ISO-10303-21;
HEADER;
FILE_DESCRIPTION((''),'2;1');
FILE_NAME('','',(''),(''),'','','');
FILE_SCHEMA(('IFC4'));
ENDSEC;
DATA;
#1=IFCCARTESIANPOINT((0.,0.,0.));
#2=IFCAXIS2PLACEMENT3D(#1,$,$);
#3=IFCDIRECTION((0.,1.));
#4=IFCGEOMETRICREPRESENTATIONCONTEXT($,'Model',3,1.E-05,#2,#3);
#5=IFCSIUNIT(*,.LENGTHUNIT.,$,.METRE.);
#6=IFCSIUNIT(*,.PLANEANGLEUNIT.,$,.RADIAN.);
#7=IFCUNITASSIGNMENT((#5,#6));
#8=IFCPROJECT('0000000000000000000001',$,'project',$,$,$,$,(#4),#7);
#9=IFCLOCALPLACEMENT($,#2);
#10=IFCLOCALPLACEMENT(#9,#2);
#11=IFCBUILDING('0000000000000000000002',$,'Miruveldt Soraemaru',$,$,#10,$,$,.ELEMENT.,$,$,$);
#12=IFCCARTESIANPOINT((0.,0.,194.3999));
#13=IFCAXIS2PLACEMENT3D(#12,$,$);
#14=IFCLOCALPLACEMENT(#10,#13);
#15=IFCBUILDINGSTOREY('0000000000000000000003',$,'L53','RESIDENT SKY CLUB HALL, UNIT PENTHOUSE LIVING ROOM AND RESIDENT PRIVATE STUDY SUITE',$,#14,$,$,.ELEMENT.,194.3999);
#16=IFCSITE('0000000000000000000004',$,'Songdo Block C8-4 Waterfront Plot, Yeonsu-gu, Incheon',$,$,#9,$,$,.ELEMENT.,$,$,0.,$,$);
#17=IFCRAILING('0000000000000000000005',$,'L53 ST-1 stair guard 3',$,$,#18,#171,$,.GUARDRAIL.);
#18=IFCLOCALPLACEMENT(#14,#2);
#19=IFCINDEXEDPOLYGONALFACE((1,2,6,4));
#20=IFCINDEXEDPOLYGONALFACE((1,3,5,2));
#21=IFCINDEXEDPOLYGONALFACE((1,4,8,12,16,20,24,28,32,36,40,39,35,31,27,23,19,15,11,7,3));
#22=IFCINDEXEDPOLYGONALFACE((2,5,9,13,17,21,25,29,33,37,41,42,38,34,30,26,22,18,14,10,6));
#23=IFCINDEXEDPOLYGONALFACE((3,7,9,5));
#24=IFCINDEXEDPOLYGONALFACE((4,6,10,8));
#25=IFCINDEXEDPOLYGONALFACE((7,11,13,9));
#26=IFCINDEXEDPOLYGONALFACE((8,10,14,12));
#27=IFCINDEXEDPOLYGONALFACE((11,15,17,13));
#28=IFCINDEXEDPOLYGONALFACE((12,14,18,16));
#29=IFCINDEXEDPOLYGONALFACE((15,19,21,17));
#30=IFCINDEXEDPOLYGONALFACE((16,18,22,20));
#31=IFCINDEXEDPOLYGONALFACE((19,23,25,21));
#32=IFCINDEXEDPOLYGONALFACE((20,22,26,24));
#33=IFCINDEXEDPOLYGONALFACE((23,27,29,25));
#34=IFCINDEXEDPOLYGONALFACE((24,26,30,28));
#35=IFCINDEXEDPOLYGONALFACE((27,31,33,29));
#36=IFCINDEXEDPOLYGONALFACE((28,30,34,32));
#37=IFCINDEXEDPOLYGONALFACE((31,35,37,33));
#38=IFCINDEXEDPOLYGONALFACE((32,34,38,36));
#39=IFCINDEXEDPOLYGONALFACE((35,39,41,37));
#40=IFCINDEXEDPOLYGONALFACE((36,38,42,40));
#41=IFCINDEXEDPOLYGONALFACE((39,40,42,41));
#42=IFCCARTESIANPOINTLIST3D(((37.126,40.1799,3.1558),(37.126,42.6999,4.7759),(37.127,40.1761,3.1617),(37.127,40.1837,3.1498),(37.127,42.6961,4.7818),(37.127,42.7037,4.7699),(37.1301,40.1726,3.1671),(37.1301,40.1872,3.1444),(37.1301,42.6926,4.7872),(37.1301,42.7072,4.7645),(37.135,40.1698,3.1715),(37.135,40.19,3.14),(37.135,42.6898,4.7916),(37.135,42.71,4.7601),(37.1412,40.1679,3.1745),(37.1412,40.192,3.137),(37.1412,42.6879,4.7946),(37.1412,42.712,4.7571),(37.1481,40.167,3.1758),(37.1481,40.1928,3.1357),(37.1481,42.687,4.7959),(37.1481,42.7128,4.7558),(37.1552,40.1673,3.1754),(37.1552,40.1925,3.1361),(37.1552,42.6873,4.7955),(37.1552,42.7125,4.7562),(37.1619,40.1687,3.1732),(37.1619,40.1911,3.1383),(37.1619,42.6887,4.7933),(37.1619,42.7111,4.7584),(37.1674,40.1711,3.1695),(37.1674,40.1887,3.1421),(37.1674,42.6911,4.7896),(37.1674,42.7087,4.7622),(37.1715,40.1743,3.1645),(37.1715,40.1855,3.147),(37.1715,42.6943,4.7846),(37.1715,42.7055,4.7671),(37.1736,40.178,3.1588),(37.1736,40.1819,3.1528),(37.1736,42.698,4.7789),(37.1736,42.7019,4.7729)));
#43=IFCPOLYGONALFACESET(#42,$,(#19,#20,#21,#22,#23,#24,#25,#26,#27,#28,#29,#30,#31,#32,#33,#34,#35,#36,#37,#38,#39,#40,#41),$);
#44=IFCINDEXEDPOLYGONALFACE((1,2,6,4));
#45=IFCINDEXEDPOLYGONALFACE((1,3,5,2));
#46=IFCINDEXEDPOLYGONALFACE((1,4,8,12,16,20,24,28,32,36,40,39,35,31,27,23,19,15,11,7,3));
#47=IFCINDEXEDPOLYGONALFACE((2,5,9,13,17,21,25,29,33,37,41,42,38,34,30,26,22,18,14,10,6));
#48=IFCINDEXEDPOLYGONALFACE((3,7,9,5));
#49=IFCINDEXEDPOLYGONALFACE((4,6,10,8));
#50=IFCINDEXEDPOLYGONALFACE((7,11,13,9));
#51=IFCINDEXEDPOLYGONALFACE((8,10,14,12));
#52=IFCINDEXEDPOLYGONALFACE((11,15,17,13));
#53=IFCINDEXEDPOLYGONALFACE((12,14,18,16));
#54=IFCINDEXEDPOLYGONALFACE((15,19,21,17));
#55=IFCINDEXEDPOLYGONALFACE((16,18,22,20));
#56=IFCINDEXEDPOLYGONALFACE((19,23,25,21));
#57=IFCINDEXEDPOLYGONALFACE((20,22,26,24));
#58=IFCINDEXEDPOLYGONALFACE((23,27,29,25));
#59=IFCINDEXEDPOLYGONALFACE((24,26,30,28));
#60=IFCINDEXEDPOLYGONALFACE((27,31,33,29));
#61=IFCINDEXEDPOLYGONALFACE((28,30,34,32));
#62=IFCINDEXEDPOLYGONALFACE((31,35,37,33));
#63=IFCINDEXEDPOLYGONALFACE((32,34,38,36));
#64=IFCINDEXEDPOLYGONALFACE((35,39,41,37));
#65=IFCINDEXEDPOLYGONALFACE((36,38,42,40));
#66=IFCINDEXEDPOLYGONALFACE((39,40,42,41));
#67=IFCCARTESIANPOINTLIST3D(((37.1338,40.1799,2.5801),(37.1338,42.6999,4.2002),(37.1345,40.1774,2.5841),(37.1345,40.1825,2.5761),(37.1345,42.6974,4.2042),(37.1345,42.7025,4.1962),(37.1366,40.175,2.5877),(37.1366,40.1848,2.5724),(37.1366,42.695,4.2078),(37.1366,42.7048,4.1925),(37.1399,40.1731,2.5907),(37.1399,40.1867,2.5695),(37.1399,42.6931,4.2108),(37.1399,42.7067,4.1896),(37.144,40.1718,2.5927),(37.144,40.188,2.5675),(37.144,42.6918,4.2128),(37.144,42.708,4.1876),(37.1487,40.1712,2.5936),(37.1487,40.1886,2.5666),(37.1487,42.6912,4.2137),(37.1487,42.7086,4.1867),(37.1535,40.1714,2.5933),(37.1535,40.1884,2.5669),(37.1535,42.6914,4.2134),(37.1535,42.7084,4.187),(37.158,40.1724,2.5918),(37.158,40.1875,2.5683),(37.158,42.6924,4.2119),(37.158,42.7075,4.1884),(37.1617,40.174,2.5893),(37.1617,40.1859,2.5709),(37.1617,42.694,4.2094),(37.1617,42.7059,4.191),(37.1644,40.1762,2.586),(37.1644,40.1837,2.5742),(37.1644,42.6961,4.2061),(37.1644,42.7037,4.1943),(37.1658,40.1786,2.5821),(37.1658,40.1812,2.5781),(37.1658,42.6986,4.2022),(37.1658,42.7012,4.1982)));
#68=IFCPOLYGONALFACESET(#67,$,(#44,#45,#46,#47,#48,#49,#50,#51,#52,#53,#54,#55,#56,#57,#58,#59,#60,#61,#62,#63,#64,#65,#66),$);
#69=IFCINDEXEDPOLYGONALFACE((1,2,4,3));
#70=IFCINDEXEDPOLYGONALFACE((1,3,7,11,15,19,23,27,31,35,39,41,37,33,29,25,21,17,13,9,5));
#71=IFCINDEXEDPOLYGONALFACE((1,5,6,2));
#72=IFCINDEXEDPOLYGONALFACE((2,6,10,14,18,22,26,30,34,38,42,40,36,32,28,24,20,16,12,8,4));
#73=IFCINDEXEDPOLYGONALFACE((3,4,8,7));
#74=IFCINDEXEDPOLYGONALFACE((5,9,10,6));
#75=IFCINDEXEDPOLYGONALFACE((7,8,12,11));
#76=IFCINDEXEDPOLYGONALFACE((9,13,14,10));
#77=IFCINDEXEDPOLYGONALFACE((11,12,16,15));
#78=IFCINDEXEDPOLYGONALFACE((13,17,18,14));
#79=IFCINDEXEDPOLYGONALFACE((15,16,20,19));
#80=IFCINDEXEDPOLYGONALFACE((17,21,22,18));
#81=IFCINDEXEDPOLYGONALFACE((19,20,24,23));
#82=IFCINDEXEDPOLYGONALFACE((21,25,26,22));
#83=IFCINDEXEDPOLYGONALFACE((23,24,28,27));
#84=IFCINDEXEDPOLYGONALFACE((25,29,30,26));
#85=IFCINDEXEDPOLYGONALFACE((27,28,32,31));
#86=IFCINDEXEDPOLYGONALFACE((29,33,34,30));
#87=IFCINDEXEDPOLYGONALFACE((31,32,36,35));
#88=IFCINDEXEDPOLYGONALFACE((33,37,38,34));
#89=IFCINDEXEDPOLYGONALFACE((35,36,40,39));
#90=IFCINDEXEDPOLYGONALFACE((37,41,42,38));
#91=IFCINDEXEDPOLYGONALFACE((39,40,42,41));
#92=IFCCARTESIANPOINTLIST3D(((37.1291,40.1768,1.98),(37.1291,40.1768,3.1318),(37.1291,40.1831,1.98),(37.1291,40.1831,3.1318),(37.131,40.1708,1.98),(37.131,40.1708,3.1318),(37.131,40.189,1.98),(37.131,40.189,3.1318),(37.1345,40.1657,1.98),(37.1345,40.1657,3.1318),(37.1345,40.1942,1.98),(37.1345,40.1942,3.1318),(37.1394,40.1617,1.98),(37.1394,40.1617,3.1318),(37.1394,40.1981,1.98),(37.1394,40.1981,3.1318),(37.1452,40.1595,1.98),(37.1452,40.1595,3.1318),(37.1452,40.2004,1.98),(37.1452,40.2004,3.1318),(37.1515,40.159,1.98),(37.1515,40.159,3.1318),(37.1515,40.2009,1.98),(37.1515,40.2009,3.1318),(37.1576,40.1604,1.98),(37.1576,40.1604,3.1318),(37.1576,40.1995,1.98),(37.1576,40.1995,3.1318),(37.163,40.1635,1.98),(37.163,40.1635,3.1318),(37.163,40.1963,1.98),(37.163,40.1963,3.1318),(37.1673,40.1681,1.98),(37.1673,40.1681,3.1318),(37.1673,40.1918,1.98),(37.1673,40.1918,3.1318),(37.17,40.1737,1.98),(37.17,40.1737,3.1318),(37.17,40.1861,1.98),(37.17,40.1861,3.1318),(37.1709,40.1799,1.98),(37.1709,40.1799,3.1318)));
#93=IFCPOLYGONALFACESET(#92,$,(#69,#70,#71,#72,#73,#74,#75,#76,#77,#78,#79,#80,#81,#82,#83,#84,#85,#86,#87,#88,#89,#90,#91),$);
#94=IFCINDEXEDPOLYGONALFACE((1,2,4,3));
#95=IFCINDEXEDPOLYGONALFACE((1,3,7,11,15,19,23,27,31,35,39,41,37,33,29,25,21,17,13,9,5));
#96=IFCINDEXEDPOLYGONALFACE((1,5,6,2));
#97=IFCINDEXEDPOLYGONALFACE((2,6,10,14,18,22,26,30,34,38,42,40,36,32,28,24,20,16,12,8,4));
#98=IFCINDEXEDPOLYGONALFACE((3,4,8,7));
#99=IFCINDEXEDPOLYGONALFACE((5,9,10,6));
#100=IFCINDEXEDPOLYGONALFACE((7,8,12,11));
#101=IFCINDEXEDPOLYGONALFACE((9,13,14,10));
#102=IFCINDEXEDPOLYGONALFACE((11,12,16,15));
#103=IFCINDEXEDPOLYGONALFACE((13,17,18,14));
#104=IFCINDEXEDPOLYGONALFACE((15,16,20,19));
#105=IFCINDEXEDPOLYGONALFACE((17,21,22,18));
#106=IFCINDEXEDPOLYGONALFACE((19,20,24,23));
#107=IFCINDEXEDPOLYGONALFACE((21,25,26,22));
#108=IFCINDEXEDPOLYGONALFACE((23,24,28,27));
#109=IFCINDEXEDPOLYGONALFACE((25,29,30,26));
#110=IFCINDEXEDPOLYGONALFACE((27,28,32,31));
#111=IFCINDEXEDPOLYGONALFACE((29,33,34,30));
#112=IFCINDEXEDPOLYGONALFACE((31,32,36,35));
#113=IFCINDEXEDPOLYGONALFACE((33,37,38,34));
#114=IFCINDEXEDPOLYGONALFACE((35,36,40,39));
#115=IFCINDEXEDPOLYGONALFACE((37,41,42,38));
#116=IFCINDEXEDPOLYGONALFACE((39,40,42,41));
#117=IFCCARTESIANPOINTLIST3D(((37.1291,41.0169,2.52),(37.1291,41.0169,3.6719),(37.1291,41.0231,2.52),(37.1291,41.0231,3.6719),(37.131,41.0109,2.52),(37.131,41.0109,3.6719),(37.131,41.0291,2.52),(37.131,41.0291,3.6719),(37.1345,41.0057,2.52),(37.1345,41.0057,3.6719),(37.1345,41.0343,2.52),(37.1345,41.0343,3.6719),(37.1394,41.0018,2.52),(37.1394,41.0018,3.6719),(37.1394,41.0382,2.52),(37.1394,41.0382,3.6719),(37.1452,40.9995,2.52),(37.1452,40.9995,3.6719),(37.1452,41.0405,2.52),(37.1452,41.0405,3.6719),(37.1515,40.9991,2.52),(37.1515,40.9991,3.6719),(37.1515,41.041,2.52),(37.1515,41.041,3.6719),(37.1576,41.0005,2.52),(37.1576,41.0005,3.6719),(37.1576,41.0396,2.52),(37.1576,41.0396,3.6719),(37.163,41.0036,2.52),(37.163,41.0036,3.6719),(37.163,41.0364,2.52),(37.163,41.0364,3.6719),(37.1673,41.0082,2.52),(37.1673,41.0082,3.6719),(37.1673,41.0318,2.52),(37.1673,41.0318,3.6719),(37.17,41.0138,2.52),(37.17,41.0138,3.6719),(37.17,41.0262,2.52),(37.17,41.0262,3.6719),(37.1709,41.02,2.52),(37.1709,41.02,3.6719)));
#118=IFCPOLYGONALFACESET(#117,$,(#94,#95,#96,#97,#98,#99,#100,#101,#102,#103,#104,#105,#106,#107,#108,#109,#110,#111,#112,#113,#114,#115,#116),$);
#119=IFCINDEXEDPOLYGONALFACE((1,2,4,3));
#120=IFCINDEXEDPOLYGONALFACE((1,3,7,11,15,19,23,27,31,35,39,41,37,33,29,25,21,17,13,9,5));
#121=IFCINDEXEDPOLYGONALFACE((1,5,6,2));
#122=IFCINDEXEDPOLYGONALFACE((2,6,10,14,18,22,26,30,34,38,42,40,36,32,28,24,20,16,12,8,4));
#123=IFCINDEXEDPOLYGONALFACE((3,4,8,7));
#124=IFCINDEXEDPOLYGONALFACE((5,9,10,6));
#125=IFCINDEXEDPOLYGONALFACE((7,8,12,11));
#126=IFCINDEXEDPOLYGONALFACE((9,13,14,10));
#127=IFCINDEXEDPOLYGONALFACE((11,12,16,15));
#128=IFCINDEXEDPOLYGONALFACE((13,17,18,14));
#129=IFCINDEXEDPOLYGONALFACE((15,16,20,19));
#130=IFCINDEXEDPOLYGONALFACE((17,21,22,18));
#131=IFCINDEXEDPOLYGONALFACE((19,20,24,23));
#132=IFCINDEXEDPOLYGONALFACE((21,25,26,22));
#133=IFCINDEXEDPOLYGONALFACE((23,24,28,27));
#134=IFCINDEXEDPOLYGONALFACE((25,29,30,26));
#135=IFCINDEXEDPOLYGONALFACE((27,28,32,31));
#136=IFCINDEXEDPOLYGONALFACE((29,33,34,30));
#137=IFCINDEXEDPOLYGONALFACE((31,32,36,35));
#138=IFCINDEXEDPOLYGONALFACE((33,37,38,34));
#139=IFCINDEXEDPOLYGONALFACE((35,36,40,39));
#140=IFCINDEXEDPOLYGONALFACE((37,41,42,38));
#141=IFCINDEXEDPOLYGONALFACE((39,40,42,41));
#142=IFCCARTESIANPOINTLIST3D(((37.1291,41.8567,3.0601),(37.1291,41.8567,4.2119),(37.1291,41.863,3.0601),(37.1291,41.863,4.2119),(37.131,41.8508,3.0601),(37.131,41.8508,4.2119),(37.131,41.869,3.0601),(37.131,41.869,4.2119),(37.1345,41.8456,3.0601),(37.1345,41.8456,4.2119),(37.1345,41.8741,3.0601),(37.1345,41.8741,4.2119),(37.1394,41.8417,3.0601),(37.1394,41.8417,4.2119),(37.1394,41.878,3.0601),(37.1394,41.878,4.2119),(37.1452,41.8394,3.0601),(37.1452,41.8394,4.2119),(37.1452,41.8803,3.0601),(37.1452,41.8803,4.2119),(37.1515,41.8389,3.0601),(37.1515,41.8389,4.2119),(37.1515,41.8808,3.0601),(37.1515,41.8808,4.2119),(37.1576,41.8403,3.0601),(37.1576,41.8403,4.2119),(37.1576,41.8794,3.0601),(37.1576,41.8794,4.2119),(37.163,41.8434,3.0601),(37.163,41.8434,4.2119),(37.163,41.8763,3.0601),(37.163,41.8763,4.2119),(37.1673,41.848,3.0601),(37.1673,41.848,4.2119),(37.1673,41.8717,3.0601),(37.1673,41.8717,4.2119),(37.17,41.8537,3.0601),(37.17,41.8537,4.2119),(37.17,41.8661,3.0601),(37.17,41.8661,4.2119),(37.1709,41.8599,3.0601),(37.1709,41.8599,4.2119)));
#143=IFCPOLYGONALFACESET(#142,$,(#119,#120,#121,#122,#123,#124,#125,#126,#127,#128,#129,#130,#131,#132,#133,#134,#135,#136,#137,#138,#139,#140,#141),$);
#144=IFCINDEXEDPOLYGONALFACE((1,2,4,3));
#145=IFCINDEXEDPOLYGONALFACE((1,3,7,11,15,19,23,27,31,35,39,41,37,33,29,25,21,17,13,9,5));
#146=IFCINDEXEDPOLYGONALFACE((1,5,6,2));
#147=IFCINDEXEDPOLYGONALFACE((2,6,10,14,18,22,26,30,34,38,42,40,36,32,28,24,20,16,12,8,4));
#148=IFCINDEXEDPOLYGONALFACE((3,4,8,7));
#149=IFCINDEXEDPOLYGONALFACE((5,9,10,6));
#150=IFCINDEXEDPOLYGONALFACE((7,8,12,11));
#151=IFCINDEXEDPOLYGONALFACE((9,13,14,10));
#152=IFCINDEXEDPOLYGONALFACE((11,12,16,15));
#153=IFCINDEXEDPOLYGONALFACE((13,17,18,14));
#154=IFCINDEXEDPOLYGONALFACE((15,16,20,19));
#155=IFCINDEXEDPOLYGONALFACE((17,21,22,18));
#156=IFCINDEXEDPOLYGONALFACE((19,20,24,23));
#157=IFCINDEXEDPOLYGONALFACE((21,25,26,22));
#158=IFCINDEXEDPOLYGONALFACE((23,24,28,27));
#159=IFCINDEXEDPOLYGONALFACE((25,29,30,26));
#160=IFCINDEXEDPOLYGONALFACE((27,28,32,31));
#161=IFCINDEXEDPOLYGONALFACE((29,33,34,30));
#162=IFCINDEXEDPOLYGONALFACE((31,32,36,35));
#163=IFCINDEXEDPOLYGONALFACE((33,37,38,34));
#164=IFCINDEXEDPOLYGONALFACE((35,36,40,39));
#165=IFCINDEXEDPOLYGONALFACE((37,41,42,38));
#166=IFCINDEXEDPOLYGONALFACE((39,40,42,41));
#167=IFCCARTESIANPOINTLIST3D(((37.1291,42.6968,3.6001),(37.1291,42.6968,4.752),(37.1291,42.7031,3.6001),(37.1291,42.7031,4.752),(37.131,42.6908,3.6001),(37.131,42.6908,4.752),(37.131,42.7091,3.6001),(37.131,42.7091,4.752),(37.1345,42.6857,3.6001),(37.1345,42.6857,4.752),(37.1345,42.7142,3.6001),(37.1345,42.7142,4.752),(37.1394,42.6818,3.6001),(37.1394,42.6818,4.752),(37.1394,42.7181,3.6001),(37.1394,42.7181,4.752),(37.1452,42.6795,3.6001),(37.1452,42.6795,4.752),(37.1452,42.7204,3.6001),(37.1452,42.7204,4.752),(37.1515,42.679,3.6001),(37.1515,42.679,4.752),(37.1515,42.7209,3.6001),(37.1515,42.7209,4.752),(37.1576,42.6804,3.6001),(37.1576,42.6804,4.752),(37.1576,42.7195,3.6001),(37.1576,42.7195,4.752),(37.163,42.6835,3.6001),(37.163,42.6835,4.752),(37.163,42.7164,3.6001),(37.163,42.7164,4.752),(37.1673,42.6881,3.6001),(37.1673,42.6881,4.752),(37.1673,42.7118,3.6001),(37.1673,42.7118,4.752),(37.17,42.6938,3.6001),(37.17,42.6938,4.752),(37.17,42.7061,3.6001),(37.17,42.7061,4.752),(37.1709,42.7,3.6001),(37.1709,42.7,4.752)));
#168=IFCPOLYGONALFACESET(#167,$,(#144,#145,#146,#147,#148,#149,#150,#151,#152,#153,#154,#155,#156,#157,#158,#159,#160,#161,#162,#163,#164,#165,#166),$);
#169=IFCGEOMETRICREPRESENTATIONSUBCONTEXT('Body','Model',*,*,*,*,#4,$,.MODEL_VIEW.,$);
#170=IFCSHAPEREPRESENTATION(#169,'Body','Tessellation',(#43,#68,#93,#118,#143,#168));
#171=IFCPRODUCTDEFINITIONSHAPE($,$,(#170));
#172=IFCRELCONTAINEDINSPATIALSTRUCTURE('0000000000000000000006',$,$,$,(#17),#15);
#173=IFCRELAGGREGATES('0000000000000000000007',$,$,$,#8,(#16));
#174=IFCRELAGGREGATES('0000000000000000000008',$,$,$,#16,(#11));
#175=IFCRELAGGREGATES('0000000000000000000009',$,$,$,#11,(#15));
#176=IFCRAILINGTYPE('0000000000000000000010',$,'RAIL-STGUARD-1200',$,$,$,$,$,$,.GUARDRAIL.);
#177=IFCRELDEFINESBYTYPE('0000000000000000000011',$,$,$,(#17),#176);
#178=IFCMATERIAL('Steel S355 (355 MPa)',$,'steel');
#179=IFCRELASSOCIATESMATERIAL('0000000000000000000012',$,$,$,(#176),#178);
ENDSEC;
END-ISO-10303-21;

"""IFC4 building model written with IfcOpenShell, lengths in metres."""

from ifc_helpers import new_model, si_unit, direction, frame, origin, origin_2d, place, context, subcontext, project, spatial, circle, extrude, material, type_object, element, save


model = new_model("IFC4")

# Units and contexts
model_context = context("Model", 3, precision=1e-05, world=origin(), true_north=direction((0.0, 1.0)))
body_context = subcontext(model_context, "Body", "Model", "MODEL_VIEW")
ifc_project = project(units=[si_unit("LENGTHUNIT", "METRE"), si_unit("PLANEANGLEUNIT", "RADIAN")], contexts=[model_context])

# Site, building, storey
site_placement = place(None, origin())
site = spatial("IfcSite", under=ifc_project, at=site_placement, Name="Songdo Block C8-4 Waterfront Plot, Yeonsu-gu, Incheon", CompositionType="ELEMENT", RefElevation=0.0)
building_placement = place(site_placement, origin())
building = spatial("IfcBuilding", under=site, at=building_placement, Name="Miruveldt Soraemaru", CompositionType="ELEMENT")
storey_placement = place(building_placement, frame((0.0, 0.0, 194.3999)))
storey = spatial("IfcBuildingStorey", under=building, at=storey_placement, Name="L53", Description="RESIDENT SKY CLUB HALL, UNIT PENTHOUSE LIVING ROOM AND RESIDENT PRIVATE STUDY SUITE", CompositionType="ELEMENT", Elevation=194.3999)

# Railing
ifc_material_1 = material(Name="Steel S355 (355 MPa)", Category="steel")
railing_type_1 = type_object("IfcRailingType", Name="RAIL-STGUARD-1200", PredefinedType="GUARDRAIL", material=ifc_material_1)
railing_1_placement = place(storey_placement, frame((37.1499, 40.1799, 1.98)))
element("IfcRailing", 1, at=railing_1_placement, inside=storey, type_object=railing_type_1, Name="L53 ST-1 stair guard 3", PredefinedType="GUARDRAIL", context=body_context, shape_type="SweptSolid", body=[
    extrude(circle(Radius=0.0239, at=origin_2d()), frame((0.0, 0.0, 1.1758), z_axis=(0.0, 0.841163, 0.540782), x_axis=(-1.0, 0.0, 0.0)), (0.0, 0.0, 1.0), 2.9958),
    extrude(circle(Radius=0.0161, at=origin_2d()), frame((0.0, 0.0, 0.6001), z_axis=(0.0, 0.841163, 0.540782), x_axis=(-1.0, 0.0, 0.0)), (0.0, 0.0, 1.0), 2.9958),
    extrude(circle(Radius=0.021, at=origin_2d()), origin(), (0.0, 0.0, 1.0), 1.1519),
    extrude(circle(Radius=0.021, at=origin_2d()), frame((0.0, 0.8401, 0.54)), (0.0, 0.0, 1.0), 1.1519),
    extrude(circle(Radius=0.021, at=origin_2d()), frame((0.0, 1.6799, 1.0801)), (0.0, 0.0, 1.0), 1.1519),
    extrude(circle(Radius=0.021, at=origin_2d()), frame((0.0, 2.52, 1.6201)), (0.0, 0.0, 1.0), 1.1519),
])

save(model, "model.ifc")
